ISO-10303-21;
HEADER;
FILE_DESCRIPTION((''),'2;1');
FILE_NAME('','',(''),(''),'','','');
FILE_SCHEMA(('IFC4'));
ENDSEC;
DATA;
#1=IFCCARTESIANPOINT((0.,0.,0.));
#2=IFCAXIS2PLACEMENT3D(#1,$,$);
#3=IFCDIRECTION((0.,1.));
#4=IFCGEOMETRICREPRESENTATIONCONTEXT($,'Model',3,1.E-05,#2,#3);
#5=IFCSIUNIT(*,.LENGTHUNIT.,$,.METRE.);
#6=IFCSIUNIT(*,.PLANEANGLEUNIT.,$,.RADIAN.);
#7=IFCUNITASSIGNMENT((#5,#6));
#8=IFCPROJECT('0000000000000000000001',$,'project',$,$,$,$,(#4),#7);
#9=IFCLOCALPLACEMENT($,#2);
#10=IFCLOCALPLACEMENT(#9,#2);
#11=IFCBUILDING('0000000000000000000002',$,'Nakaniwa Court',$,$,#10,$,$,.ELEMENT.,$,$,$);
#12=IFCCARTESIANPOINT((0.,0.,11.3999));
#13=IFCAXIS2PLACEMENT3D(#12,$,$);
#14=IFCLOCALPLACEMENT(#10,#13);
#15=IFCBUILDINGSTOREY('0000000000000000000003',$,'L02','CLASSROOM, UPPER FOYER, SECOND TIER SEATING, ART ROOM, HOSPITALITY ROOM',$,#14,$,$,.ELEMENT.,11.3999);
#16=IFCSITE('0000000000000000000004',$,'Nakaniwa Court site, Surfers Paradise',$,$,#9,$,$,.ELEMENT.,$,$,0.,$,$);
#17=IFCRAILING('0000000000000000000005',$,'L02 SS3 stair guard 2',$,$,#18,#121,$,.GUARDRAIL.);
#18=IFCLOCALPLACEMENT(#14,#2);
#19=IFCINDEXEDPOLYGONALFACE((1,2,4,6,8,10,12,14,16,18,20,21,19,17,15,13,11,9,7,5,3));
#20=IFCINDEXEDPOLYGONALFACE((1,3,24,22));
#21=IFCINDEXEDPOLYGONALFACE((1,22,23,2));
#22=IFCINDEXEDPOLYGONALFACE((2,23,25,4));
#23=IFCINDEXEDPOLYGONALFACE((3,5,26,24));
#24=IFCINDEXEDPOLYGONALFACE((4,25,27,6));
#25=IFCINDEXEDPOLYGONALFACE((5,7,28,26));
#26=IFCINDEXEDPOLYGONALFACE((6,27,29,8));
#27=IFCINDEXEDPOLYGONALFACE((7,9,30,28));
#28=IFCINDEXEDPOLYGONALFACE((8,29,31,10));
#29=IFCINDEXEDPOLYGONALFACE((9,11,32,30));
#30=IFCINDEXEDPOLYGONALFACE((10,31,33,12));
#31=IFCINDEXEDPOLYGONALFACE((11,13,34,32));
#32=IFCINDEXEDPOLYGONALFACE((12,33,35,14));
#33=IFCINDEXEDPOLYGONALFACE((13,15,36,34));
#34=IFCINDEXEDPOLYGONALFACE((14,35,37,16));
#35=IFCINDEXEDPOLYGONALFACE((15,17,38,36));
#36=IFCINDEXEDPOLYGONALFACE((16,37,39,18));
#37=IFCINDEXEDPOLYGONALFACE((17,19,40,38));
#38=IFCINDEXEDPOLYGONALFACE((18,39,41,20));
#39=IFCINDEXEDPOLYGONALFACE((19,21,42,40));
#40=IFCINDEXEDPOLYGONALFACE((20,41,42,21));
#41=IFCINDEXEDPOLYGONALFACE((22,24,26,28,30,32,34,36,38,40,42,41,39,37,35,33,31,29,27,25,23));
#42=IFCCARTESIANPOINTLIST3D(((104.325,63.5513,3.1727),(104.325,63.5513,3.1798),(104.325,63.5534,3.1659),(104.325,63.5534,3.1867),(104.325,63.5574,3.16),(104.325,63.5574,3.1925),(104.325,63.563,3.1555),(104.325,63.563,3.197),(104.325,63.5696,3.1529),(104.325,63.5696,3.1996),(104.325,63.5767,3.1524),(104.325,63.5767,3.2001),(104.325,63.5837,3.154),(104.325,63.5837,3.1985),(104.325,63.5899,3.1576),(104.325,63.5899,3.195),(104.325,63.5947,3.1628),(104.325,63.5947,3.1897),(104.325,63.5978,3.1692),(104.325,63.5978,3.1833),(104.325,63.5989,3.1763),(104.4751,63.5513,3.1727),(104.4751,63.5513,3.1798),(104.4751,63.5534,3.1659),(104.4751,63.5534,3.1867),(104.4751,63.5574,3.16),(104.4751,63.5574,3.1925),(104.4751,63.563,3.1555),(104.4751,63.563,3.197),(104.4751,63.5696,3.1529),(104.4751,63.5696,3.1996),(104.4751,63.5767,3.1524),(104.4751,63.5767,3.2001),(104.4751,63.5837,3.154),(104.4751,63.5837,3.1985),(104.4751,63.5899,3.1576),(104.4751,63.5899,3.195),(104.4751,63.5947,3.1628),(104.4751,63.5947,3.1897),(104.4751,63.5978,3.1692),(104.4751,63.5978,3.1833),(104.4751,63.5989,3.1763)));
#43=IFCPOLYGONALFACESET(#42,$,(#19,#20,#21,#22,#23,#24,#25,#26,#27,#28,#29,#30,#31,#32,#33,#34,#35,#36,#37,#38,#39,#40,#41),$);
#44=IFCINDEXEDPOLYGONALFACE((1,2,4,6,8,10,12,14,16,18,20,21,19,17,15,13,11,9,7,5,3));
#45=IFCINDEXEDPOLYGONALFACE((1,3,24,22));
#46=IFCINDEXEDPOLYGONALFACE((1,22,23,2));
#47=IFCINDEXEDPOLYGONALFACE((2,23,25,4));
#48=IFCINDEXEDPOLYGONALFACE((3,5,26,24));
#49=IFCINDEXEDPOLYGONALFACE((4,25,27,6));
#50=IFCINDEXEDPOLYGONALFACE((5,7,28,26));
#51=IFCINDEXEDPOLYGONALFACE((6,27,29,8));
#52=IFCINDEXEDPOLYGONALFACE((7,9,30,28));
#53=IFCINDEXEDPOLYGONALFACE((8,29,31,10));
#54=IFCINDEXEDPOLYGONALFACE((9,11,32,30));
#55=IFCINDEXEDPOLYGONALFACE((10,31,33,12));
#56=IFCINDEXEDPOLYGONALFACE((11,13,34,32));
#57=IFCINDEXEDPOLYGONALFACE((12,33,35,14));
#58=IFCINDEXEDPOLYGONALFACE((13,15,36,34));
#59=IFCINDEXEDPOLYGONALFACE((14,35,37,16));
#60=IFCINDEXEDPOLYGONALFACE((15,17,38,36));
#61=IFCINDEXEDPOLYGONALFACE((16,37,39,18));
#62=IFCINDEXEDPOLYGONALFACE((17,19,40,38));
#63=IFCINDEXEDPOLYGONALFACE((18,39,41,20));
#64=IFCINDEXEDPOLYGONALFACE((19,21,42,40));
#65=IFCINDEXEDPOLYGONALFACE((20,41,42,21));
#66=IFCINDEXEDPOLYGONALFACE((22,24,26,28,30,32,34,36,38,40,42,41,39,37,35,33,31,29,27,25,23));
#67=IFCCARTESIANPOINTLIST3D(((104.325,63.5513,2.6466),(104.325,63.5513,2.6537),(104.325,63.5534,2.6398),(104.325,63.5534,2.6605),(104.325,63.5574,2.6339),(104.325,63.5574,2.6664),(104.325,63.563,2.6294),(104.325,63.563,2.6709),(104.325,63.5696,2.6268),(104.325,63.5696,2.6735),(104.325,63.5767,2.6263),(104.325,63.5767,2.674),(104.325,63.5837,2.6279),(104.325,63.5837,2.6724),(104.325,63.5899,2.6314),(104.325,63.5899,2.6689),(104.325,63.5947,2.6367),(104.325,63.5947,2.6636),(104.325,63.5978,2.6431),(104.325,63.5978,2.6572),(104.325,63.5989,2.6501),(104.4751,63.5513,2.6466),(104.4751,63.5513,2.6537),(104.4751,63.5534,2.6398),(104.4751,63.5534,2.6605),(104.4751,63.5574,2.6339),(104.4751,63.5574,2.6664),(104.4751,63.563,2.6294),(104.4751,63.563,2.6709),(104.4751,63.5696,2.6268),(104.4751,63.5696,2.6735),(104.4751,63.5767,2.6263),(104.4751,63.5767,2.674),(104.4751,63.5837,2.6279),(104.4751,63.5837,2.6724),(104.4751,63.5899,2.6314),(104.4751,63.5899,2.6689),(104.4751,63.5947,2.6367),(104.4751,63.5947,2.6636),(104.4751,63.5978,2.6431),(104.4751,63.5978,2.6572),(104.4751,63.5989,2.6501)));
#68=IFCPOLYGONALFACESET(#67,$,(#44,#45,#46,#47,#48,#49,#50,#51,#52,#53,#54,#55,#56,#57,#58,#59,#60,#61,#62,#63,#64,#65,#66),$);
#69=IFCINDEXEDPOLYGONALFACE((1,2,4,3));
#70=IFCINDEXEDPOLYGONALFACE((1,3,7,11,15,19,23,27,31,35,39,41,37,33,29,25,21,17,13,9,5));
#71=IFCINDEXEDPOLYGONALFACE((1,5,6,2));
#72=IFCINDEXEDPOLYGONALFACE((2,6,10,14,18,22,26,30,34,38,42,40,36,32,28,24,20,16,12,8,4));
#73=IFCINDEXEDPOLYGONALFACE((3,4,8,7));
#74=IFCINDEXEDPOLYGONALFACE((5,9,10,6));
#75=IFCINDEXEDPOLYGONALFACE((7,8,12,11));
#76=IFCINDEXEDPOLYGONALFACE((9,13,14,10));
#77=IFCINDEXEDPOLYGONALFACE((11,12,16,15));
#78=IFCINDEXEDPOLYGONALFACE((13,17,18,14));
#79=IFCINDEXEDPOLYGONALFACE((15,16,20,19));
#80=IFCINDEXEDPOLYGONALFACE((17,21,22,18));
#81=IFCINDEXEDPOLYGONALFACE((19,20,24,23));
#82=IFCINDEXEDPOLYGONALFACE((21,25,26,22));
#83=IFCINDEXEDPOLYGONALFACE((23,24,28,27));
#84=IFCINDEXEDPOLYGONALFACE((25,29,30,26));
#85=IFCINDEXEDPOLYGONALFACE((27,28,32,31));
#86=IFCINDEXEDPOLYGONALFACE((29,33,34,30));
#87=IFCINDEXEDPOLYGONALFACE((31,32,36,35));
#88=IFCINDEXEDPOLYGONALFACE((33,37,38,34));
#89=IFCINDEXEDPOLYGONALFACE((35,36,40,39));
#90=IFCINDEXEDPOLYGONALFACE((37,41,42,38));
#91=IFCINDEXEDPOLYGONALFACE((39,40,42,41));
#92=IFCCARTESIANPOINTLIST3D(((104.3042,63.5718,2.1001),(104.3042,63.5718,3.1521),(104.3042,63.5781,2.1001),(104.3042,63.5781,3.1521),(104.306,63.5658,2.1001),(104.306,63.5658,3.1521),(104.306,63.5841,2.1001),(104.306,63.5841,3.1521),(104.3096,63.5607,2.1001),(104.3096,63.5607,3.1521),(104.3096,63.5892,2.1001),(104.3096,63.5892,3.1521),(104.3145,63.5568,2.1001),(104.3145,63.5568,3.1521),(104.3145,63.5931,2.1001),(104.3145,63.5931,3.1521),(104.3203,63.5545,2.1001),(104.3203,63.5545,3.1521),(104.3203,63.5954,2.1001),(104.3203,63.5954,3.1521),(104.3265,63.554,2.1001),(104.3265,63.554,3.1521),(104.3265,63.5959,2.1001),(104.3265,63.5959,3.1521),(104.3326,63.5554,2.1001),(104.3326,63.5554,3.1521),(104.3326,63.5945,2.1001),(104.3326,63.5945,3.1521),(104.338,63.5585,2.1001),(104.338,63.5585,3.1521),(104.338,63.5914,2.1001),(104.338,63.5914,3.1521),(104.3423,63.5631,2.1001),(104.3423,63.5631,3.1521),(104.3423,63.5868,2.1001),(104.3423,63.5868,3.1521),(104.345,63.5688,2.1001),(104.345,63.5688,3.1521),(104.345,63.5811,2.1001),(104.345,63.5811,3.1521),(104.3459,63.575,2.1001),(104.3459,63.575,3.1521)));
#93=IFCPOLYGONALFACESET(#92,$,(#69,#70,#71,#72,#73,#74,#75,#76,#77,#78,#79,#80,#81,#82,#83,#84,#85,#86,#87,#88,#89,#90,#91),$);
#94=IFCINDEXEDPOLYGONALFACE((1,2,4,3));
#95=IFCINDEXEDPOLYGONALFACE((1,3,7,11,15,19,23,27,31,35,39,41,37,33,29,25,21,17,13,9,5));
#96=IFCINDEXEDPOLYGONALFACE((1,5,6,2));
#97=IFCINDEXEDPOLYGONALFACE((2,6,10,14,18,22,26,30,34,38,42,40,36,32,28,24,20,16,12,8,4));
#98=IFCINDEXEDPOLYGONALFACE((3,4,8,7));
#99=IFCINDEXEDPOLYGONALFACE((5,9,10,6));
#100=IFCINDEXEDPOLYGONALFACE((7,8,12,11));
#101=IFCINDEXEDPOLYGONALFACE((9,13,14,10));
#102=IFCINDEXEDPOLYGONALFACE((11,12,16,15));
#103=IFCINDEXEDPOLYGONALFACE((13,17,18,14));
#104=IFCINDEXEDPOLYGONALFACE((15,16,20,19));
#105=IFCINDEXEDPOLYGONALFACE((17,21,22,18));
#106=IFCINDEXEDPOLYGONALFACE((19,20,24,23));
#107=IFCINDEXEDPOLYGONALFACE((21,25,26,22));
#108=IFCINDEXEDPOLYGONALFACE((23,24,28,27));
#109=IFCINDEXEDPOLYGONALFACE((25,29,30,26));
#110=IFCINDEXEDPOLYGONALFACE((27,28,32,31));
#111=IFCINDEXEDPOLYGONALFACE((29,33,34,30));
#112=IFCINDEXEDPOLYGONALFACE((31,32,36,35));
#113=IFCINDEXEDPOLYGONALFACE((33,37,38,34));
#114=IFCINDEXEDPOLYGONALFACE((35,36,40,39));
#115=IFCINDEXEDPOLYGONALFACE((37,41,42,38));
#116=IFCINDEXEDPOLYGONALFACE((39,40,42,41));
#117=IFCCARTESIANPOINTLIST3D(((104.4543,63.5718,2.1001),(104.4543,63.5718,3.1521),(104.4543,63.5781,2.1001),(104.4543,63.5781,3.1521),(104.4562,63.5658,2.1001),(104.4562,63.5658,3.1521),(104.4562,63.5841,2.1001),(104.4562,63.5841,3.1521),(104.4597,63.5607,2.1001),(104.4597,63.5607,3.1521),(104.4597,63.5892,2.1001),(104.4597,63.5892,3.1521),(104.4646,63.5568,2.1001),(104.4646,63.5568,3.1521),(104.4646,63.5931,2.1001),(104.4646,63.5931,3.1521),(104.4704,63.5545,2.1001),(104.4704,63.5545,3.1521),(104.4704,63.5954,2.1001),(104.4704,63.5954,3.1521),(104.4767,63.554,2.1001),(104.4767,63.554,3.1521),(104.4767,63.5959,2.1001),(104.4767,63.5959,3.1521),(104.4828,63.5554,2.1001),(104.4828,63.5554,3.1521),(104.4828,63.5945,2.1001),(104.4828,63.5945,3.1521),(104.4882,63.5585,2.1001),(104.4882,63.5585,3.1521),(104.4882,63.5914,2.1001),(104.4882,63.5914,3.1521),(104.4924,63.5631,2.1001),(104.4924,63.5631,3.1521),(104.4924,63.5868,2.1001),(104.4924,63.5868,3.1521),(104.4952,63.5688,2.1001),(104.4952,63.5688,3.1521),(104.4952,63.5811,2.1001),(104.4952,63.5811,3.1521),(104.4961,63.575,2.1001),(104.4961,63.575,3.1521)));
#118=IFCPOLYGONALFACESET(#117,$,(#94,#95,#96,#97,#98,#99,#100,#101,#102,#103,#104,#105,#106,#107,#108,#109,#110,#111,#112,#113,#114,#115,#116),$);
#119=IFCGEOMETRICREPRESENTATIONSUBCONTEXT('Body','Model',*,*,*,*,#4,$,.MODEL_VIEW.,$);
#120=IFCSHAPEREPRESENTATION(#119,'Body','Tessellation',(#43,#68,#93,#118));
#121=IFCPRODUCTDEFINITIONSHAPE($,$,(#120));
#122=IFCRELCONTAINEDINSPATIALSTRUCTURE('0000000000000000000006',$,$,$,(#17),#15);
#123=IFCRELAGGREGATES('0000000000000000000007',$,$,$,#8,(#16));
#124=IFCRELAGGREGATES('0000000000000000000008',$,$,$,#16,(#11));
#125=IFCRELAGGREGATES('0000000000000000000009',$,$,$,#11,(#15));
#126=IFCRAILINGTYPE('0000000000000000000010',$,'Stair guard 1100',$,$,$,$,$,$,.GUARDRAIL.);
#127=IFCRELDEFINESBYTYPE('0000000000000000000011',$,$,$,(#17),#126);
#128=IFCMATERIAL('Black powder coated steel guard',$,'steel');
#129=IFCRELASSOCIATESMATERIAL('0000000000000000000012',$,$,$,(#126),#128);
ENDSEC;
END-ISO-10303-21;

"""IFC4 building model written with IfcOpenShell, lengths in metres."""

from ifc_helpers import new_model, si_unit, direction, frame, origin, origin_2d, place, context, subcontext, project, spatial, circle, extrude, material, type_object, element, save


model = new_model("IFC4")

# Units and contexts
model_context = context("Model", 3, precision=1e-05, world=origin(), true_north=direction((0.0, 1.0)))
body_context = subcontext(model_context, "Body", "Model", "MODEL_VIEW")
ifc_project = project(units=[si_unit("LENGTHUNIT", "METRE"), si_unit("PLANEANGLEUNIT", "RADIAN")], contexts=[model_context])

# Site, building, storey
site_placement = place(None, origin())
site = spatial("IfcSite", under=ifc_project, at=site_placement, Name="Nakaniwa Court site, Surfers Paradise", CompositionType="ELEMENT", RefElevation=0.0)
building_placement = place(site_placement, origin())
building = spatial("IfcBuilding", under=site, at=building_placement, Name="Nakaniwa Court", CompositionType="ELEMENT")
storey_placement = place(building_placement, frame((0.0, 0.0, 11.3999)))
storey = spatial("IfcBuildingStorey", under=building, at=storey_placement, Name="L02", Description="CLASSROOM, UPPER FOYER, SECOND TIER SEATING, ART ROOM, HOSPITALITY ROOM", CompositionType="ELEMENT", Elevation=11.3999)

# Railing
ifc_material_1 = material(Name="Black powder coated steel guard", Category="steel")
railing_type_1 = type_object("IfcRailingType", Name="Stair guard 1100", PredefinedType="GUARDRAIL", material=ifc_material_1)
railing_1_placement = place(storey_placement, frame((104.325, 63.575, 2.1001)))
element("IfcRailing", 1, at=railing_1_placement, inside=storey, type_object=railing_type_1, Name="L02 SS3 stair guard 2", PredefinedType="GUARDRAIL", context=body_context, shape_type="SweptSolid", body=[
    extrude(circle(Radius=0.0239, at=origin_2d()), frame((0.0, 0.0, 1.0762), z_axis=(1.0, 0.0, 0.0), x_axis=(0.0, 1.0, 0.0)), (0.0, 0.0, 1.0), 0.1501),
    extrude(circle(Radius=0.0239, at=origin_2d()), frame((0.0, 0.0, 0.55), z_axis=(1.0, 0.0, 0.0), x_axis=(0.0, 1.0, 0.0)), (0.0, 0.0, 1.0), 0.1501),
    extrude(circle(Radius=0.021, at=origin_2d()), origin(), (0.0, 0.0, 1.0), 1.052),
    extrude(circle(Radius=0.021, at=origin_2d()), frame((0.1501, 0.0, 0.0)), (0.0, 0.0, 1.0), 1.052),
])

save(model, "model.ifc")
